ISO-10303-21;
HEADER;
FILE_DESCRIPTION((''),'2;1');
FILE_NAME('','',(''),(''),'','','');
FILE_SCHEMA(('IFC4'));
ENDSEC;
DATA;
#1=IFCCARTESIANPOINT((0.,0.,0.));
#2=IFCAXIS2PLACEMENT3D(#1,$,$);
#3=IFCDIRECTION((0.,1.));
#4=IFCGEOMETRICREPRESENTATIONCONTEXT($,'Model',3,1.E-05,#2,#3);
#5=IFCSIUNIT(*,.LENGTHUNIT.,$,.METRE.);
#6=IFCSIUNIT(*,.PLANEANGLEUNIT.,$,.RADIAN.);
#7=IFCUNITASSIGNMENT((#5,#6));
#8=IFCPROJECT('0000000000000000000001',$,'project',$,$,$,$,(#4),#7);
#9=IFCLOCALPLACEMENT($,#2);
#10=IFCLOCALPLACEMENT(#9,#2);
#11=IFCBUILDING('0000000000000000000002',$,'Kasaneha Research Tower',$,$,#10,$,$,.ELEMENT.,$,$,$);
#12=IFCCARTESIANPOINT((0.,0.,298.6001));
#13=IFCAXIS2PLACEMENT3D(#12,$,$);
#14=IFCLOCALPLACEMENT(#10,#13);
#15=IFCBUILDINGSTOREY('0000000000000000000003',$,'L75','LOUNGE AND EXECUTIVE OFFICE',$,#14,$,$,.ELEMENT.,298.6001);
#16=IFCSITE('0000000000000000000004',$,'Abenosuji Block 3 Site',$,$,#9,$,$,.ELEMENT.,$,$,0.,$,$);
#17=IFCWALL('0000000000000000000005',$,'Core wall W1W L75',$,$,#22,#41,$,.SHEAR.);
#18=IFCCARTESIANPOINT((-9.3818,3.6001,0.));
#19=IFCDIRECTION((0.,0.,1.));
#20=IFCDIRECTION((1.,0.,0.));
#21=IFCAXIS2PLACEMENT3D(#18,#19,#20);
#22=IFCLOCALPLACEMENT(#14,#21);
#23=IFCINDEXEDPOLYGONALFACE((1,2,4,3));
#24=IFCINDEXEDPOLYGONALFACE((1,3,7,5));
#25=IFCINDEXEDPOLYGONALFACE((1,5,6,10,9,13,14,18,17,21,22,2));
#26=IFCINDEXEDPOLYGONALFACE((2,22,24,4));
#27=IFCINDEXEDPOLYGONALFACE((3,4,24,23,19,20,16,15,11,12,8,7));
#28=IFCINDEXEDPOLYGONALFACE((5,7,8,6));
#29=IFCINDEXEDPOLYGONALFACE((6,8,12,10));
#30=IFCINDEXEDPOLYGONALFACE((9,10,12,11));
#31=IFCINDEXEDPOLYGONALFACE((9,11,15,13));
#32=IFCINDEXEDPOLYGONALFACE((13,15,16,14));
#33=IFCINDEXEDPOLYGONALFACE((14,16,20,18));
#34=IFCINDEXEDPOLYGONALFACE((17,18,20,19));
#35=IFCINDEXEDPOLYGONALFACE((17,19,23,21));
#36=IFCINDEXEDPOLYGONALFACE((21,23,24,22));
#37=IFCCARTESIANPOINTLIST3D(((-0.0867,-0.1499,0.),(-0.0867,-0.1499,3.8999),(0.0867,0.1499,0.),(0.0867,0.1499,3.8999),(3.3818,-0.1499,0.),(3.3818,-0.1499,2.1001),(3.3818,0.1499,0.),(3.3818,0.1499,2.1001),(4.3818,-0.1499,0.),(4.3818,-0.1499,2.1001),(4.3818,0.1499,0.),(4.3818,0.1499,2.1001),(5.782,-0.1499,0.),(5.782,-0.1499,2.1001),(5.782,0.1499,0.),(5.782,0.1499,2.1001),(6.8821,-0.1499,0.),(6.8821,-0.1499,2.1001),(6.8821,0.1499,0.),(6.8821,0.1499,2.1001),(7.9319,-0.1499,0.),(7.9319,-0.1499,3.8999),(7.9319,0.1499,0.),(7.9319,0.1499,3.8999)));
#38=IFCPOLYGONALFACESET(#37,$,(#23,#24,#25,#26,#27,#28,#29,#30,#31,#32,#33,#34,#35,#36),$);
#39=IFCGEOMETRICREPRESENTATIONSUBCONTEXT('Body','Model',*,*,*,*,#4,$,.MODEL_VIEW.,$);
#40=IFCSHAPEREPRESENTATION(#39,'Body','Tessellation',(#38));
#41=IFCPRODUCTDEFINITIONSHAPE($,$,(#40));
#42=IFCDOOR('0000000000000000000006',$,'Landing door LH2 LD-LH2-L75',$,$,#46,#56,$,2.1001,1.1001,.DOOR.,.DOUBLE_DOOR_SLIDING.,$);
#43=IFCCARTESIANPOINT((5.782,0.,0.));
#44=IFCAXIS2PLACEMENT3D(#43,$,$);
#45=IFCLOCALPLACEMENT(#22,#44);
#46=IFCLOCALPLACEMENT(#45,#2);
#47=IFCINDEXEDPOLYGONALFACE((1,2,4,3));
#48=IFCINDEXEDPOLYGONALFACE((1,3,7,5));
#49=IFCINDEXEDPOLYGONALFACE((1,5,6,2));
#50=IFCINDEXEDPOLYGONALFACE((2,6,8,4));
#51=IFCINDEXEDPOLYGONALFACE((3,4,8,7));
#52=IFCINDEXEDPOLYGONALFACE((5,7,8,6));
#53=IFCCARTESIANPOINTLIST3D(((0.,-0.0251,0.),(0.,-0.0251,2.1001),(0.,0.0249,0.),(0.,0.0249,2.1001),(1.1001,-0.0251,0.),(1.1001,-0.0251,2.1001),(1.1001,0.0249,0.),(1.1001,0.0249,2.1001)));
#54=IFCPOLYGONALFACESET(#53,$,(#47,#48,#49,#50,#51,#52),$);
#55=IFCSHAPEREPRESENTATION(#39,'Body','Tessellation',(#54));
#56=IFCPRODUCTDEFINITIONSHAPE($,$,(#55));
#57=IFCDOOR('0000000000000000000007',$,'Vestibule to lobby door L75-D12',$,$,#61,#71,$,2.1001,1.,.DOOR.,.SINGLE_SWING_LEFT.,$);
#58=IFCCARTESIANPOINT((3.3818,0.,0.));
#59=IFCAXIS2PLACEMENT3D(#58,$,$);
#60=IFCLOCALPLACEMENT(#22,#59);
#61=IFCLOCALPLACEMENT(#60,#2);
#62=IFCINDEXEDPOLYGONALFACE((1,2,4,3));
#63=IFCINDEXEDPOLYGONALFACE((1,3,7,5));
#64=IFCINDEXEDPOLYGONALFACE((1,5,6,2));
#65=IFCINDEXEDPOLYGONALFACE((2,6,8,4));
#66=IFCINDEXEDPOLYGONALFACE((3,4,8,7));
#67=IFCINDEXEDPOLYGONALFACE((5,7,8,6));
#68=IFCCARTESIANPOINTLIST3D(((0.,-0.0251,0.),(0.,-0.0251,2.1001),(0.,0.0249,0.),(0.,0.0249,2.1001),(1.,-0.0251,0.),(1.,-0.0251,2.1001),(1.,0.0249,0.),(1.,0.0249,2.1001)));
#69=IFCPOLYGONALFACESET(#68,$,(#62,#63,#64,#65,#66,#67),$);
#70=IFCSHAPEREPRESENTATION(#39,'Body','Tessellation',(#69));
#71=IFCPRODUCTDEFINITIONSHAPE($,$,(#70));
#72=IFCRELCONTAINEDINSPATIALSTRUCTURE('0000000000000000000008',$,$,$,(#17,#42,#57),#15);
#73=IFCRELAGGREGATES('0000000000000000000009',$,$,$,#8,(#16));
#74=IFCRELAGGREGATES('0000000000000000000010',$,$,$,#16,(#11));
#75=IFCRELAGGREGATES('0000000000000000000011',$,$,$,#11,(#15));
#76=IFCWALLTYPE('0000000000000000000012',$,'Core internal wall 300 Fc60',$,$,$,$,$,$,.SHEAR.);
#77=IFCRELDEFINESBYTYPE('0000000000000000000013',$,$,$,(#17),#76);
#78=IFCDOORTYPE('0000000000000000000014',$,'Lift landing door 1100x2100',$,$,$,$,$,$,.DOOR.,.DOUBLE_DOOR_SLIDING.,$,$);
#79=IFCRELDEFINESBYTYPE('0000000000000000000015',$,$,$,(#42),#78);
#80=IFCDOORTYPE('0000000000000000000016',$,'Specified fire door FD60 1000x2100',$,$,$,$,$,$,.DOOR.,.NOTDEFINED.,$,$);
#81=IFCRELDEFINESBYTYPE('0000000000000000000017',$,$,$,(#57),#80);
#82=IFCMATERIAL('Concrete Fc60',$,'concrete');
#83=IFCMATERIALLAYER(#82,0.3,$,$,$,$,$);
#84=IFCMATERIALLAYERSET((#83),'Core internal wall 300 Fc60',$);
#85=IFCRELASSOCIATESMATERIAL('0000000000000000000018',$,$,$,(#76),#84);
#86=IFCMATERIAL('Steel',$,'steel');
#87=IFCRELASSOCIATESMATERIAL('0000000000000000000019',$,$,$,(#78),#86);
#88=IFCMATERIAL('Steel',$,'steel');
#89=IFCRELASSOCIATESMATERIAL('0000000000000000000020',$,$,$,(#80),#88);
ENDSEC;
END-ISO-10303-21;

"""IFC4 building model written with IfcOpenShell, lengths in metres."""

from ifc_helpers import new_model, si_unit, direction, frame, frame_2d, origin, place, context, subcontext, project, spatial, polyline, rectangle, outline, extrude, material, layer, layer_set, type_object, element, fill, save


model = new_model("IFC4")

# Units and contexts
model_context = context("Model", 3, precision=1e-05, world=origin(), true_north=direction((0.0, 1.0)))
body_context = subcontext(model_context, "Body", "Model", "MODEL_VIEW")
ifc_project = project(units=[si_unit("LENGTHUNIT", "METRE"), si_unit("PLANEANGLEUNIT", "RADIAN")], contexts=[model_context])

# Site, building, storey
site_placement = place(None, origin())
site = spatial("IfcSite", under=ifc_project, at=site_placement, Name="Abenosuji Block 3 Site", CompositionType="ELEMENT", RefElevation=0.0)
building_placement = place(site_placement, origin())
building = spatial("IfcBuilding", under=site, at=building_placement, Name="Kasaneha Research Tower", CompositionType="ELEMENT")
storey_placement = place(building_placement, frame((0.0, 0.0, 298.6001)))
storey = spatial("IfcBuildingStorey", under=building, at=storey_placement, Name="L75", Description="LOUNGE AND EXECUTIVE OFFICE", CompositionType="ELEMENT", Elevation=298.6001)

# Wall, openings, doors
ifc_material_1 = material(Name="Concrete Fc60", Category="concrete")
ifc_layer_1 = layer(ifc_material_1, 0.3)
ifc_layer_set_1 = layer_set([ifc_layer_1], Name="Core internal wall 300 Fc60")
wall_type_1 = type_object("IfcWallType", Name="Core internal wall 300 Fc60", PredefinedType="SHEAR", material=ifc_layer_set_1)
wall_1_placement = place(storey_placement, frame((-9.3818, 3.6001, 0.0), z_axis=(0.0, 0.0, 1.0), x_axis=(1.0, 0.0, 0.0)))
wall_1 = element("IfcWall", 1, at=wall_1_placement, inside=storey, type_object=wall_type_1, Name="Core wall W1W L75", PredefinedType="SHEAR", context=body_context, shape_type="SweptSolid", body=[
    extrude(outline(polyline([(-0.0867, -0.1499), (3.3818, -0.1499), (4.3818, -0.1499), (5.782, -0.1499), (6.8821, -0.1499), (7.9319, -0.1499), (7.9319, 0.1499), (6.8821, 0.1499), (5.782, 0.1499), (4.3818, 0.1499), (3.3818, 0.1499), (0.0867, 0.1499), (-0.0867, -0.1499)])), origin(), (0.0, 0.0, 1.0), 3.8999),
])
opening_1_placement = place(wall_1_placement, frame((3.3818, 0.0, 0.0)))
opening_1 = element("IfcOpeningElement", 2, at=opening_1_placement, cuts=wall_1, PredefinedType="OPENING", context=body_context, shape_type="SweptSolid", body=[
    extrude(rectangle(XDim=1.0, YDim=2.1001, at=frame_2d((0.5, 1.05))), frame((0.0, 0.1602, 0.0), z_axis=(0.0, -1.0, 0.0), x_axis=(1.0, 0.0, 0.0)), (0.0, 0.0, 1.0), 0.3201),
])
opening_2_placement = place(wall_1_placement, frame((5.782, 0.0, 0.0)))
opening_2 = element("IfcOpeningElement", 3, at=opening_2_placement, cuts=wall_1, PredefinedType="OPENING", context=body_context, shape_type="SweptSolid", body=[
    extrude(rectangle(XDim=1.1001, YDim=2.1001, at=frame_2d((0.55, 1.05))), frame((0.0, 0.1602, 0.0), z_axis=(0.0, -1.0, 0.0), x_axis=(1.0, 0.0, 0.0)), (0.0, 0.0, 1.0), 0.3201),
])
ifc_material_2 = material(Name="Steel", Category="steel")
door_type_1 = type_object("IfcDoorType", Name="Lift landing door 1100x2100", OperationType="DOUBLE_DOOR_SLIDING", PredefinedType="DOOR", material=ifc_material_2)
door_1_placement = place(opening_2_placement, origin())
door_1 = element("IfcDoor", 4, at=door_1_placement, inside=storey, type_object=door_type_1, Name="Landing door LH2 LD-LH2-L75", OperationType="DOUBLE_DOOR_SLIDING", OverallHeight=2.1001, OverallWidth=1.1001, PredefinedType="DOOR", context=body_context, shape_type="SweptSolid", body=[
    extrude(rectangle(XDim=1.1001, YDim=2.1001, at=frame_2d((0.55, 1.05))), frame((0.0, 0.0249, 0.0), z_axis=(0.0, -1.0, 0.0), x_axis=(1.0, 0.0, 0.0)), (0.0, 0.0, 1.0), 0.05),
])
fill(opening_2, door_1)
ifc_material_3 = material(Name="Steel", Category="steel")
door_type_2 = type_object("IfcDoorType", Name="Specified fire door FD60 1000x2100", OperationType="NOTDEFINED", PredefinedType="DOOR", material=ifc_material_3)
door_2_placement = place(opening_1_placement, origin())
door_2 = element("IfcDoor", 5, at=door_2_placement, inside=storey, type_object=door_type_2, Name="Vestibule to lobby door L75-D12", OperationType="SINGLE_SWING_LEFT", OverallHeight=2.1001, OverallWidth=1.0, PredefinedType="DOOR", context=body_context, shape_type="SweptSolid", body=[
    extrude(rectangle(XDim=1.0, YDim=2.1001, at=frame_2d((0.5, 1.05))), frame((0.0, 0.0249, 0.0), z_axis=(0.0, -1.0, 0.0), x_axis=(1.0, 0.0, 0.0)), (0.0, 0.0, 1.0), 0.05),
])
fill(opening_1, door_2)

save(model, "model.ifc")
